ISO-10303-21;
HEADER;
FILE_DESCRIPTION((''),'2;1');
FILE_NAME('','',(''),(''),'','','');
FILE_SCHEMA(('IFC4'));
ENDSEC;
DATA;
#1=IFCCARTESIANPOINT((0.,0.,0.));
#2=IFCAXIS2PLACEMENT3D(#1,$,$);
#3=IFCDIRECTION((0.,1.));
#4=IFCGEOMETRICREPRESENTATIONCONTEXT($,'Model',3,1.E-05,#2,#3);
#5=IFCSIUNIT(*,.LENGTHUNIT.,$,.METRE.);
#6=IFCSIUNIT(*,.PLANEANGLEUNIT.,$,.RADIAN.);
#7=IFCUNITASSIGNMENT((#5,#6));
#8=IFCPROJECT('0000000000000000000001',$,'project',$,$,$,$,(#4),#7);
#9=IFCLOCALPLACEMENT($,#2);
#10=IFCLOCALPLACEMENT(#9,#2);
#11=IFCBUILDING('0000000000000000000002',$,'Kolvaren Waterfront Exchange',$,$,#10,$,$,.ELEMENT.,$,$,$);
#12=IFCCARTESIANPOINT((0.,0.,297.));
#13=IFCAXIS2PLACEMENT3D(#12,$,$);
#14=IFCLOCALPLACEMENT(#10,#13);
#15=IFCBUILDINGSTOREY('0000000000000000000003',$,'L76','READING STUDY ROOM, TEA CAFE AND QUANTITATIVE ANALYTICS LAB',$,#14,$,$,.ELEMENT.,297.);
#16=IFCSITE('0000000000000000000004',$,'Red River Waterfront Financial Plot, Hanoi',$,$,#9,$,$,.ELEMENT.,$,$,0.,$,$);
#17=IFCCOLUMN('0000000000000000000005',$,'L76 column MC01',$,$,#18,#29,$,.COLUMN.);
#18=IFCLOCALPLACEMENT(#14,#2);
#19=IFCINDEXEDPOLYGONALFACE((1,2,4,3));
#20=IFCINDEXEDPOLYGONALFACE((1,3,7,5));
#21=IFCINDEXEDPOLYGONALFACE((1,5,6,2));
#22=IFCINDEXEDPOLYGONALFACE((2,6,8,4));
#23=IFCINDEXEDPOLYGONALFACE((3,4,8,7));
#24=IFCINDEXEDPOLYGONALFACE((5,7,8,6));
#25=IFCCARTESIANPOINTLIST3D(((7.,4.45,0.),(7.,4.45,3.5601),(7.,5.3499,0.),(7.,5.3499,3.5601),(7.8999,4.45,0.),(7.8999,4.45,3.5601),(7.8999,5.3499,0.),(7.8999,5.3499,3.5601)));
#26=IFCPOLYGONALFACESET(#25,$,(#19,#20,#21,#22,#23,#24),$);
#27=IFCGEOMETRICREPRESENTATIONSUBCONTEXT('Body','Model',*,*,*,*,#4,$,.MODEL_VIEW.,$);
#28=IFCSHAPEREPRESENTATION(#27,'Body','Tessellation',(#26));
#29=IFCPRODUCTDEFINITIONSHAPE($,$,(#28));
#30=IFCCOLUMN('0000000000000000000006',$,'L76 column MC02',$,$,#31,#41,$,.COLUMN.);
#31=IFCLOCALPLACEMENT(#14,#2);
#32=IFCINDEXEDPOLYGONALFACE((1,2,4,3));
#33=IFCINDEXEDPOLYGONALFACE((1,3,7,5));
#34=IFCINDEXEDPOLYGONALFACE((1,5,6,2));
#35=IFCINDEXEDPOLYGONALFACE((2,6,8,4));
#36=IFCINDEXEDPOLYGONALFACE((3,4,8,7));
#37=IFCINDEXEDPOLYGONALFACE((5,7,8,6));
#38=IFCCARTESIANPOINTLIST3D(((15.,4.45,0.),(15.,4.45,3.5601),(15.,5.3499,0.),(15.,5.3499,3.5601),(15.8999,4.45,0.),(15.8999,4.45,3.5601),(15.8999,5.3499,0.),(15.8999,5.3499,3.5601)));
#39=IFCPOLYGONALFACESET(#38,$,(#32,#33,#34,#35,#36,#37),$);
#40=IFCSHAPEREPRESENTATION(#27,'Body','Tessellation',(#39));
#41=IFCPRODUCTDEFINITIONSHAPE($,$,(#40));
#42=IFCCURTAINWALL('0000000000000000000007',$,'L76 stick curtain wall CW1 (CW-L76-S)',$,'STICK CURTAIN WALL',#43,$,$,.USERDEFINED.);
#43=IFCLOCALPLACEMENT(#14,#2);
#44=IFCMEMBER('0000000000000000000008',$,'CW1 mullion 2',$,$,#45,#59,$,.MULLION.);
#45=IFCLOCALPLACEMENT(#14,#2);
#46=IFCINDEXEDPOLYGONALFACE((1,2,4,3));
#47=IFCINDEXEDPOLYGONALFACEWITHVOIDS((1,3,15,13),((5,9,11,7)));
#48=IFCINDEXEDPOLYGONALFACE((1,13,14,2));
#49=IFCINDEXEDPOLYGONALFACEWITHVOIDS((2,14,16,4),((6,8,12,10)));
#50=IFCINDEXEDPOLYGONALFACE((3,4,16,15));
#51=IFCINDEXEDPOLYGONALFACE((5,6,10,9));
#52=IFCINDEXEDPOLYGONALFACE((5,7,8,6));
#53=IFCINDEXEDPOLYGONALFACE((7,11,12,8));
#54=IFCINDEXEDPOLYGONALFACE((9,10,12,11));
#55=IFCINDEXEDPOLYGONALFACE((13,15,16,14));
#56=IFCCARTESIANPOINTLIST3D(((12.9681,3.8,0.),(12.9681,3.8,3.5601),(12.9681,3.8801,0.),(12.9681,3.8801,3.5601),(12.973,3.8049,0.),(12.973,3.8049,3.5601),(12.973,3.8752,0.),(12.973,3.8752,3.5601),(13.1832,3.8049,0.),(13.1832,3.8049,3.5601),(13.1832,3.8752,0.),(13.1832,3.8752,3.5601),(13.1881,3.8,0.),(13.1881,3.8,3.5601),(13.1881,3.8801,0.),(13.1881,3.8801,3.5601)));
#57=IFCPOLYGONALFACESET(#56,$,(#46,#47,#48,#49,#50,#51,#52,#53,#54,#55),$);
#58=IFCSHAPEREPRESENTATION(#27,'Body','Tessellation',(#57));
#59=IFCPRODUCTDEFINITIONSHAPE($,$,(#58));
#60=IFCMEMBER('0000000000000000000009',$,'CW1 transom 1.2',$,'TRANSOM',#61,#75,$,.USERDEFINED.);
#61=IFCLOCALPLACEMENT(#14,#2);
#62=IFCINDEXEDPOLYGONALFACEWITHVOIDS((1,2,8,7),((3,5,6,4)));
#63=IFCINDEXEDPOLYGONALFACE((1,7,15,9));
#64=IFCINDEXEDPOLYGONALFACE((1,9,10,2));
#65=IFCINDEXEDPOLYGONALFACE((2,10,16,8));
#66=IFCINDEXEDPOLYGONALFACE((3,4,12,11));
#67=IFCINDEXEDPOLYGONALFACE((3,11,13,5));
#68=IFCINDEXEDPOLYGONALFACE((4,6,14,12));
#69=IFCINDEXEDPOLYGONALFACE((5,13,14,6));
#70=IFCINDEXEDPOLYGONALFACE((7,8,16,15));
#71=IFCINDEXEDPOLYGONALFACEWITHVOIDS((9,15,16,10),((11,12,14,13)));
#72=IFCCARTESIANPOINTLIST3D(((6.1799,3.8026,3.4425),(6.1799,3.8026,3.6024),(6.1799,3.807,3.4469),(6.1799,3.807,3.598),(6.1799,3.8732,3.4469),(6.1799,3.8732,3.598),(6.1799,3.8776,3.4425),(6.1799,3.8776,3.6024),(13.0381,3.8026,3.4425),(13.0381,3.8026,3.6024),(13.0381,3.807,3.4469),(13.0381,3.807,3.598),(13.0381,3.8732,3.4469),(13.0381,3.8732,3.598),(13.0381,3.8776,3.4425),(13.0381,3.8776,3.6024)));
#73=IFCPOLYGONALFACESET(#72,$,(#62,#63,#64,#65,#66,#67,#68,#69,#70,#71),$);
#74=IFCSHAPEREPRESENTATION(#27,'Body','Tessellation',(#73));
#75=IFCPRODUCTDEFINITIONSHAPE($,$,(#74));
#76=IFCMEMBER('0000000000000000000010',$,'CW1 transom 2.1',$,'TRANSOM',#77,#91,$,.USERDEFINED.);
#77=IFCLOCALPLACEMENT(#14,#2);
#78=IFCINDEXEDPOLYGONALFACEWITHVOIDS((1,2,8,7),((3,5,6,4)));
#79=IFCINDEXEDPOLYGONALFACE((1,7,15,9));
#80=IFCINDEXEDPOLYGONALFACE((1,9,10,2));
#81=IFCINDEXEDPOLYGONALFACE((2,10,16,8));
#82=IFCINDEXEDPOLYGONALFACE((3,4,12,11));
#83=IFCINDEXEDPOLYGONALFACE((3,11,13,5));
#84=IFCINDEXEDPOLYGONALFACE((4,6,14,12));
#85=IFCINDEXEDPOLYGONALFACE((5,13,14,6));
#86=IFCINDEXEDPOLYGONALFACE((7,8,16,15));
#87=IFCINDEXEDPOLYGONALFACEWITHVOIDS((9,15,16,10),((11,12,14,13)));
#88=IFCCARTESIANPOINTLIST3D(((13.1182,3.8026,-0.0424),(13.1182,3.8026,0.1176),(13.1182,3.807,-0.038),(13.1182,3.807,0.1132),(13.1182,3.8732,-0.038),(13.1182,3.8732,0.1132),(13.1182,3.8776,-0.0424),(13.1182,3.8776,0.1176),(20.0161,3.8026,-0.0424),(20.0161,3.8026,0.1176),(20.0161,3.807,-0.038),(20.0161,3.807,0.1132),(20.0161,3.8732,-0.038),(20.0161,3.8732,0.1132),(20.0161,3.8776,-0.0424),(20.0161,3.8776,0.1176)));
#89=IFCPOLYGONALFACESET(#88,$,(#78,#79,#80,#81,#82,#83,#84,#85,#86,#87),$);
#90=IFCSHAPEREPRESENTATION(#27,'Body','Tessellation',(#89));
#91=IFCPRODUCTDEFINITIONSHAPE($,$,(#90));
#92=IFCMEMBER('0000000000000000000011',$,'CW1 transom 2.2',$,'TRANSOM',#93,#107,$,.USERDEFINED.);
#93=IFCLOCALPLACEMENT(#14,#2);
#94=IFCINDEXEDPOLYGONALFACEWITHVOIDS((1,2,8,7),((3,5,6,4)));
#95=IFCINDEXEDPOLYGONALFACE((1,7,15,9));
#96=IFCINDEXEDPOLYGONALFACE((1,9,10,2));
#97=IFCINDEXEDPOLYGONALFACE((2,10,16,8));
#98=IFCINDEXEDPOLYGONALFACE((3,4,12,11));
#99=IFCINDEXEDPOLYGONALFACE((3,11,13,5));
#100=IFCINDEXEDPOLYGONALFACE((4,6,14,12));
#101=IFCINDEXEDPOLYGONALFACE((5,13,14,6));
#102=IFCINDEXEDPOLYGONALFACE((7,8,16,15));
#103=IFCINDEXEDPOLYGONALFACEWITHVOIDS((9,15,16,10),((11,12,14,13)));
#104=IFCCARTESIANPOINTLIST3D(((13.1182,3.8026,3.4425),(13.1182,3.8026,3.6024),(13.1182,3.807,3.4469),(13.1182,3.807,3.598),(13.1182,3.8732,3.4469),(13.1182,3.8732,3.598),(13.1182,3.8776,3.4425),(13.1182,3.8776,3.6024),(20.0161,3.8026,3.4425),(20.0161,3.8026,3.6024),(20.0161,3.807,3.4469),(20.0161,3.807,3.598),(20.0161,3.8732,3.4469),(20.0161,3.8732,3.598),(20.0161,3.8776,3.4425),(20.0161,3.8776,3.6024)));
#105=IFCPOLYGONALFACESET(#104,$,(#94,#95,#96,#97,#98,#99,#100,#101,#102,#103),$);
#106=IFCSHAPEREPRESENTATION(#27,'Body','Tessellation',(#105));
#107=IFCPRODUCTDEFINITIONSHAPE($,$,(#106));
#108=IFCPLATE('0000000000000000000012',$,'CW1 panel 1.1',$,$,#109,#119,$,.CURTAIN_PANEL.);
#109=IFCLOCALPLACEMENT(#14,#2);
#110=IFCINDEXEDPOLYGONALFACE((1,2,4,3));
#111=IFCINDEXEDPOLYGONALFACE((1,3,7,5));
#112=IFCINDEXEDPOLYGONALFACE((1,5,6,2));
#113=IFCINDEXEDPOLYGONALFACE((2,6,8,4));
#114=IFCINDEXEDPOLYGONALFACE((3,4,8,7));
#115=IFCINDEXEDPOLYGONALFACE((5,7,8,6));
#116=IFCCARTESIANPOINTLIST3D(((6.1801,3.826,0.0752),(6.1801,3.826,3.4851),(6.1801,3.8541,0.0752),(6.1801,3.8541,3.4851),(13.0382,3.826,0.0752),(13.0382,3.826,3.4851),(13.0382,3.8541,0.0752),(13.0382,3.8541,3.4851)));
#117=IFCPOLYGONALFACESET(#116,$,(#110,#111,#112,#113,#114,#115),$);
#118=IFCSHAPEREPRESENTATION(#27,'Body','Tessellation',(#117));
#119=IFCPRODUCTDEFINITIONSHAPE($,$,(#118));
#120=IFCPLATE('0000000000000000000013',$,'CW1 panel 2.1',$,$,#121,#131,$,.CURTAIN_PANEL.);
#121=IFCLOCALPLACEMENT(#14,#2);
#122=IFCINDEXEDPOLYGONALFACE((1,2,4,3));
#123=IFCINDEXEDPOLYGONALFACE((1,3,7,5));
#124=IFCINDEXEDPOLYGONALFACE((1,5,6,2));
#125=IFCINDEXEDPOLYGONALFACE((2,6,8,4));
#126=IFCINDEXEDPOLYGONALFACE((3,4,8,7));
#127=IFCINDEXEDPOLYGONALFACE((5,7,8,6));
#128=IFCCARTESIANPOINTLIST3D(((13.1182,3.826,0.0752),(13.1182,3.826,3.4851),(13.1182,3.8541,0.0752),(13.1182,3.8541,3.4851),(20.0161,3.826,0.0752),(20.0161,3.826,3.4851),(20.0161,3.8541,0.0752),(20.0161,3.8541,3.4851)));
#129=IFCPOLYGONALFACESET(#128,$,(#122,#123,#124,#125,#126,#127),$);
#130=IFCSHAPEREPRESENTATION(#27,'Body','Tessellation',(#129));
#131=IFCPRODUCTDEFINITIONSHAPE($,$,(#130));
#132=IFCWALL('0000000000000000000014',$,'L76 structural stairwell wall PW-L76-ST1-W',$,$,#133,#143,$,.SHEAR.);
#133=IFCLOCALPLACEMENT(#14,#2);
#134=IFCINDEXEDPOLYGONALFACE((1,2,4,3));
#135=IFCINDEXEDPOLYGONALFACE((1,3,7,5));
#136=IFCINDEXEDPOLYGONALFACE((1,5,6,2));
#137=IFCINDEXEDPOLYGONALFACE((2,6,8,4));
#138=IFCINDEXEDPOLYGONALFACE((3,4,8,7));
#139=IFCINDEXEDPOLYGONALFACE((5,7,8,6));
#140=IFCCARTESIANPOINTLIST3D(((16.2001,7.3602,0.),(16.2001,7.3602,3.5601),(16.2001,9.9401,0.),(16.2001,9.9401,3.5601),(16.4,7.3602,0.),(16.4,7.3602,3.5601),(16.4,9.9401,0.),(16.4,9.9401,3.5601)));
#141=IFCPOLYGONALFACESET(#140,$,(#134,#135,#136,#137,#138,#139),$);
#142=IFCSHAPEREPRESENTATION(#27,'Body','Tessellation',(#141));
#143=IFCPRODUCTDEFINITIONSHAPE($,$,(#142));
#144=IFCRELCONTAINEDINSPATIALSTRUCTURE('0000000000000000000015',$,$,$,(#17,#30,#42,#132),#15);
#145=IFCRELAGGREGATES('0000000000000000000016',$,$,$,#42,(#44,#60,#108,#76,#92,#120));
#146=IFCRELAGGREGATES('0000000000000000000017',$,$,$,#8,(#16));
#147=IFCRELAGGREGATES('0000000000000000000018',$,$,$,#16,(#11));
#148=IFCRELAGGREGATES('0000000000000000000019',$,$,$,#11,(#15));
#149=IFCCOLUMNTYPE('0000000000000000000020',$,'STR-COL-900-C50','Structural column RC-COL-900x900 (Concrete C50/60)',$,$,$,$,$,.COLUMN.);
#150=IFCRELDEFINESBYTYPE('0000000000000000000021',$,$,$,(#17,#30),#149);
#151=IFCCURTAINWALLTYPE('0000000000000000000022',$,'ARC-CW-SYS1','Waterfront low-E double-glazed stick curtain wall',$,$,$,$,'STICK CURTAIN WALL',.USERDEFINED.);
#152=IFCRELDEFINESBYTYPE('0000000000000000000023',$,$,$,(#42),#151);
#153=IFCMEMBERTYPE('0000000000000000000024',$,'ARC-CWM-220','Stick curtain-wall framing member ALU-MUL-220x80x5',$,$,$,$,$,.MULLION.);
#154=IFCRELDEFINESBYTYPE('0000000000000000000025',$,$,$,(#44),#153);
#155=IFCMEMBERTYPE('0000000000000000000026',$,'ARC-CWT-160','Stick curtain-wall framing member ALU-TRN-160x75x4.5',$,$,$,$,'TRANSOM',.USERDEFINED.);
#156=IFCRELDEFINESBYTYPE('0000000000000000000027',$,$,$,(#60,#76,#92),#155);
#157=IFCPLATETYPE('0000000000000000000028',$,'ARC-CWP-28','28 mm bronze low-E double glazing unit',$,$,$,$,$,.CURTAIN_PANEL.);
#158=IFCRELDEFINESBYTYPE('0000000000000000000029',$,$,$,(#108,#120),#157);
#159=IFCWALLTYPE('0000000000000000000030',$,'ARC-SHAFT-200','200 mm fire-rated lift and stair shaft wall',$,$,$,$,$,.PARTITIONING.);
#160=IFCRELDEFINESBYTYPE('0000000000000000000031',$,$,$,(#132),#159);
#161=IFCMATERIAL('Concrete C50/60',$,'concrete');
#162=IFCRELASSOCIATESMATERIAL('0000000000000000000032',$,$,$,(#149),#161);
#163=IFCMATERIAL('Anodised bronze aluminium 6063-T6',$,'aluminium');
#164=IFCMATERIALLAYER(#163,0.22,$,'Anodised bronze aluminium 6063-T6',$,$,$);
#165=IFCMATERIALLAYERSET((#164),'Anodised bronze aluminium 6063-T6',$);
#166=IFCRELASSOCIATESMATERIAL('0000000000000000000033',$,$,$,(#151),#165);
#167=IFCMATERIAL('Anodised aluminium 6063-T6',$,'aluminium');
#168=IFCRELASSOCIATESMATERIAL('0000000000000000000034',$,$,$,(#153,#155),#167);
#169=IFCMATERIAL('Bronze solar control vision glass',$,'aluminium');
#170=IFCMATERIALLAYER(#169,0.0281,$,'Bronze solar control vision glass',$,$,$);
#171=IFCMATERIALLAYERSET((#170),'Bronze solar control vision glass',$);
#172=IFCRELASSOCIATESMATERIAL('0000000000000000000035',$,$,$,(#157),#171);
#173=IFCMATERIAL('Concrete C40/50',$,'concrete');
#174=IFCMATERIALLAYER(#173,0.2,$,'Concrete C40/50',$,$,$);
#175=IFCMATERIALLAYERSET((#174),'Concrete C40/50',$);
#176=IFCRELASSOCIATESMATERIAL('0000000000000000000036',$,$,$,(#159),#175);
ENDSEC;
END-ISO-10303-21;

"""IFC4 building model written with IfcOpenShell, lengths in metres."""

from ifc_helpers import new_model, si_unit, direction, frame, frame_2d, origin, origin_with_axes, origin_2d, place, context, subcontext, project, spatial, rectangle, hollow_rectangle, extrude, source, transform, mapped, material, layer, layer_set, material_profile, profile_set, type_object, element, aggregate, save


model = new_model("IFC4")

# Units and contexts
model_context = context("Model", 3, precision=1e-05, world=origin(), true_north=direction((0.0, 1.0)))
body_context = subcontext(model_context, "Body", "Model", "MODEL_VIEW")
ifc_project = project(units=[si_unit("LENGTHUNIT", "METRE"), si_unit("PLANEANGLEUNIT", "RADIAN")], contexts=[model_context])

# Site, building, storey
site_placement = place(None, origin())
site = spatial("IfcSite", under=ifc_project, at=site_placement, Name="Red River Waterfront Financial Plot, Hanoi", CompositionType="ELEMENT", RefElevation=0.0)
building_placement = place(site_placement, origin())
building = spatial("IfcBuilding", under=site, at=building_placement, Name="Kolvaren Waterfront Exchange", CompositionType="ELEMENT")
storey_placement = place(building_placement, frame((0.0, 0.0, 297.0)))
storey = spatial("IfcBuildingStorey", under=building, at=storey_placement, Name="L76", Description="READING STUDY ROOM, TEA CAFE AND QUANTITATIVE ANALYTICS LAB", CompositionType="ELEMENT", Elevation=297.0)

# Columns
ifc_material_1 = material(Name="Concrete C50/60", Category="concrete")
ifc_material_profile_1 = material_profile(ifc_material_1, rectangle(XDim=0.8999, YDim=0.8999, at=origin_2d()), Name="RC-COL-900x900")
ifc_profile_set_1 = profile_set([ifc_material_profile_1], Name="Concrete C50/60")
column_type = type_object("IfcColumnType", Name="STR-COL-900-C50", Description="Structural column RC-COL-900x900 (Concrete C50/60)", PredefinedType="COLUMN", material=ifc_profile_set_1)
for number, where, z_axis, x_axis, name in (
    (1, (7.45, 4.8999, 0.0), (0.0, 0.0, 1.0), (1.0, 0.0, 0.0), "L76 column MC01"),
    (2, (15.45, 4.8999, 0.0), (0.0, 0.0, 1.0), (1.0, 0.0, 0.0), "L76 column MC02"),
):
    element("IfcColumn", number, at=place(storey_placement, frame(where, z_axis=z_axis, x_axis=x_axis)), inside=storey, type_object=column_type, Name=name, PredefinedType="COLUMN", context=body_context, shape_type="SweptSolid", body=[
        extrude(rectangle(XDim=0.8999, YDim=0.8999, at=origin_2d()), origin(), (0.0, 0.0, 1.0), 3.5601),
    ])

# Curtain wall, members, plates
ifc_material_2 = material(Name="Anodised bronze aluminium 6063-T6", Category="aluminium")
ifc_layer_1 = layer(ifc_material_2, 0.22, Name="Anodised bronze aluminium 6063-T6")
ifc_layer_set_1 = layer_set([ifc_layer_1], Name="Anodised bronze aluminium 6063-T6")
curtain_wall_type = type_object("IfcCurtainWallType", Name="ARC-CW-SYS1", Description="Waterfront low-E double-glazed stick curtain wall", ElementType="STICK CURTAIN WALL", PredefinedType="USERDEFINED", material=ifc_layer_set_1)
curtain_wall_placement = place(storey_placement, origin())
curtain_wall = element("IfcCurtainWall", 3, at=curtain_wall_placement, inside=storey, type_object=curtain_wall_type, Name="L76 stick curtain wall CW1 (CW-L76-S)", ObjectType="STICK CURTAIN WALL", PredefinedType="USERDEFINED")
ifc_material_3 = material(Name="Anodised aluminium 6063-T6", Category="aluminium")
ifc_material_profile_2 = material_profile(ifc_material_3, hollow_rectangle(XDim=0.0801, YDim=0.22, WallThickness=0.0049, at=origin_2d()), Name="ALU-MUL-220x80x5")
ifc_profile_set_2 = profile_set([ifc_material_profile_2], Name="Anodised aluminium 6063-T6")
member_type_1 = type_object("IfcMemberType", Name="ARC-CWM-220", Description="Stick curtain-wall framing member ALU-MUL-220x80x5", PredefinedType="MULLION", material=ifc_profile_set_2)
shared_shape_1 = source(origin_with_axes(), body_context, "Body", "SweptSolid", [
    extrude(hollow_rectangle(XDim=0.0801, YDim=0.22, WallThickness=0.0049, at=origin_2d()), origin(), (0.0, 0.0, 1.0), 3.5601),
])
member_1_placement = place(storey_placement, frame((13.0781, 3.8401, 0.0), z_axis=(0.0, 0.0, 1.0), x_axis=(0.0, 1.0, 0.0)))
member_1 = element("IfcMember", 4, at=member_1_placement, type_object=member_type_1, Name="CW1 mullion 2", PredefinedType="MULLION", context=body_context, shape_type="MappedRepresentation", body=[
    mapped(shared_shape_1, transform((0.0, 0.0, 0.0), x_axis=(1.0, 0.0, 0.0), y_axis=(0.0, 1.0, 0.0), z_axis=(0.0, 0.0, 1.0), scale=1.0)),
])
ifc_material_profile_3 = material_profile(ifc_material_3, hollow_rectangle(XDim=0.075, YDim=0.1599, WallThickness=0.0044, at=origin_2d()), Name="ALU-TRN-160x75x4.5")
ifc_profile_set_3 = profile_set([ifc_material_profile_3], Name="Anodised aluminium 6063-T6")
member_type_2 = type_object("IfcMemberType", Name="ARC-CWT-160", Description="Stick curtain-wall framing member ALU-TRN-160x75x4.5", ElementType="TRANSOM", PredefinedType="USERDEFINED", material=ifc_profile_set_3)
shared_shape_2 = source(origin_with_axes(), body_context, "Body", "SweptSolid", [
    extrude(hollow_rectangle(XDim=0.075, YDim=0.1599, WallThickness=0.0044, at=origin_2d()), origin(), (0.0, 0.0, 1.0), 6.8582),
])
member_2_placement = place(storey_placement, frame((6.1799, 3.8401, 3.5225), z_axis=(1.0, 0.0, 0.0), x_axis=(0.0, 1.0, 0.0)))
member_2 = element("IfcMember", 5, at=member_2_placement, type_object=member_type_2, Name="CW1 transom 1.2", ObjectType="TRANSOM", PredefinedType="USERDEFINED", context=body_context, shape_type="MappedRepresentation", body=[
    mapped(shared_shape_2, transform((0.0, 0.0, 0.0), x_axis=(1.0, 0.0, 0.0), y_axis=(0.0, 1.0, 0.0), z_axis=(0.0, 0.0, 1.0), scale=1.0)),
])
shared_shape_3 = source(origin_with_axes(), body_context, "Body", "SweptSolid", [
    extrude(hollow_rectangle(XDim=0.075, YDim=0.1599, WallThickness=0.0044, at=origin_2d()), origin(), (0.0, 0.0, 1.0), 6.8979),
])
member_3_placement = place(storey_placement, frame((13.1182, 3.8401, 0.0376), z_axis=(1.0, 0.0, 0.0), x_axis=(0.0, 1.0, 0.0)))
member_3 = element("IfcMember", 6, at=member_3_placement, type_object=member_type_2, Name="CW1 transom 2.1", ObjectType="TRANSOM", PredefinedType="USERDEFINED", context=body_context, shape_type="MappedRepresentation", body=[
    mapped(shared_shape_3, transform((0.0, 0.0, 0.0), x_axis=(1.0, 0.0, 0.0), y_axis=(0.0, 1.0, 0.0), z_axis=(0.0, 0.0, 1.0), scale=1.0)),
])
member_4_placement = place(storey_placement, frame((13.1182, 3.8401, 3.5225), z_axis=(1.0, 0.0, 0.0), x_axis=(0.0, 1.0, 0.0)))
member_4 = element("IfcMember", 7, at=member_4_placement, type_object=member_type_2, Name="CW1 transom 2.2", ObjectType="TRANSOM", PredefinedType="USERDEFINED", context=body_context, shape_type="MappedRepresentation", body=[
    mapped(shared_shape_3, transform((0.0, 0.0, 0.0), x_axis=(1.0, 0.0, 0.0), y_axis=(0.0, 1.0, 0.0), z_axis=(0.0, 0.0, 1.0), scale=1.0)),
])
ifc_material_4 = material(Name="Bronze solar control vision glass", Category="aluminium")
ifc_layer_2 = layer(ifc_material_4, 0.0281, Name="Bronze solar control vision glass")
ifc_layer_set_2 = layer_set([ifc_layer_2], Name="Bronze solar control vision glass")
plate_type = type_object("IfcPlateType", Name="ARC-CWP-28", Description="28 mm bronze low-E double glazing unit", PredefinedType="CURTAIN_PANEL", material=ifc_layer_set_2)
shared_shape_4 = source(origin_with_axes(), body_context, "Body", "SweptSolid", [
    extrude(rectangle(XDim=6.8582, YDim=0.0281, at=origin_2d()), origin(), (0.0, 0.0, 1.0), 3.4099),
])
plate_1_placement = place(storey_placement, frame((9.6091, 3.8401, 0.0752), z_axis=(0.0, 0.0, 1.0), x_axis=(1.0, 0.0, 0.0)))
plate_1 = element("IfcPlate", 8, at=plate_1_placement, type_object=plate_type, Name="CW1 panel 1.1", PredefinedType="CURTAIN_PANEL", context=body_context, shape_type="MappedRepresentation", body=[
    mapped(shared_shape_4, transform((0.0, 0.0, 0.0), x_axis=(1.0, 0.0, 0.0), y_axis=(0.0, 1.0, 0.0), z_axis=(0.0, 0.0, 1.0), scale=1.0)),
])
shared_shape_5 = source(origin_with_axes(), body_context, "Body", "SweptSolid", [
    extrude(rectangle(XDim=6.8979, YDim=0.0281, at=origin_2d()), origin(), (0.0, 0.0, 1.0), 3.4099),
])
plate_2_placement = place(storey_placement, frame((16.5671, 3.8401, 0.0752), z_axis=(0.0, 0.0, 1.0), x_axis=(1.0, 0.0, 0.0)))
plate_2 = element("IfcPlate", 9, at=plate_2_placement, type_object=plate_type, Name="CW1 panel 2.1", PredefinedType="CURTAIN_PANEL", context=body_context, shape_type="MappedRepresentation", body=[
    mapped(shared_shape_5, transform((0.0, 0.0, 0.0), x_axis=(1.0, 0.0, 0.0), y_axis=(0.0, 1.0, 0.0), z_axis=(0.0, 0.0, 1.0), scale=1.0)),
])
aggregate(curtain_wall, [member_1, member_2, plate_1, member_3, member_4, plate_2])

# Wall
ifc_material_5 = material(Name="Concrete C40/50", Category="concrete")
ifc_layer_3 = layer(ifc_material_5, 0.2, Name="Concrete C40/50")
ifc_layer_set_3 = layer_set([ifc_layer_3], Name="Concrete C40/50")
wall_type_1 = type_object("IfcWallType", Name="ARC-SHAFT-200", Description="200 mm fire-rated lift and stair shaft wall", PredefinedType="PARTITIONING", material=ifc_layer_set_3)
wall_1_placement = place(storey_placement, frame((16.3, 7.3601, 0.0), z_axis=(0.0, 0.0, 1.0), x_axis=(0.0, 1.0, 0.0)))
element("IfcWall", 10, at=wall_1_placement, inside=storey, type_object=wall_type_1, Name="L76 structural stairwell wall PW-L76-ST1-W", PredefinedType="SHEAR", context=body_context, shape_type="SweptSolid", body=[
    extrude(rectangle(XDim=2.5798, YDim=0.2, at=frame_2d((1.29, 0.0))), origin(), (0.0, 0.0, 1.0), 3.5601),
])

save(model, "model.ifc")
